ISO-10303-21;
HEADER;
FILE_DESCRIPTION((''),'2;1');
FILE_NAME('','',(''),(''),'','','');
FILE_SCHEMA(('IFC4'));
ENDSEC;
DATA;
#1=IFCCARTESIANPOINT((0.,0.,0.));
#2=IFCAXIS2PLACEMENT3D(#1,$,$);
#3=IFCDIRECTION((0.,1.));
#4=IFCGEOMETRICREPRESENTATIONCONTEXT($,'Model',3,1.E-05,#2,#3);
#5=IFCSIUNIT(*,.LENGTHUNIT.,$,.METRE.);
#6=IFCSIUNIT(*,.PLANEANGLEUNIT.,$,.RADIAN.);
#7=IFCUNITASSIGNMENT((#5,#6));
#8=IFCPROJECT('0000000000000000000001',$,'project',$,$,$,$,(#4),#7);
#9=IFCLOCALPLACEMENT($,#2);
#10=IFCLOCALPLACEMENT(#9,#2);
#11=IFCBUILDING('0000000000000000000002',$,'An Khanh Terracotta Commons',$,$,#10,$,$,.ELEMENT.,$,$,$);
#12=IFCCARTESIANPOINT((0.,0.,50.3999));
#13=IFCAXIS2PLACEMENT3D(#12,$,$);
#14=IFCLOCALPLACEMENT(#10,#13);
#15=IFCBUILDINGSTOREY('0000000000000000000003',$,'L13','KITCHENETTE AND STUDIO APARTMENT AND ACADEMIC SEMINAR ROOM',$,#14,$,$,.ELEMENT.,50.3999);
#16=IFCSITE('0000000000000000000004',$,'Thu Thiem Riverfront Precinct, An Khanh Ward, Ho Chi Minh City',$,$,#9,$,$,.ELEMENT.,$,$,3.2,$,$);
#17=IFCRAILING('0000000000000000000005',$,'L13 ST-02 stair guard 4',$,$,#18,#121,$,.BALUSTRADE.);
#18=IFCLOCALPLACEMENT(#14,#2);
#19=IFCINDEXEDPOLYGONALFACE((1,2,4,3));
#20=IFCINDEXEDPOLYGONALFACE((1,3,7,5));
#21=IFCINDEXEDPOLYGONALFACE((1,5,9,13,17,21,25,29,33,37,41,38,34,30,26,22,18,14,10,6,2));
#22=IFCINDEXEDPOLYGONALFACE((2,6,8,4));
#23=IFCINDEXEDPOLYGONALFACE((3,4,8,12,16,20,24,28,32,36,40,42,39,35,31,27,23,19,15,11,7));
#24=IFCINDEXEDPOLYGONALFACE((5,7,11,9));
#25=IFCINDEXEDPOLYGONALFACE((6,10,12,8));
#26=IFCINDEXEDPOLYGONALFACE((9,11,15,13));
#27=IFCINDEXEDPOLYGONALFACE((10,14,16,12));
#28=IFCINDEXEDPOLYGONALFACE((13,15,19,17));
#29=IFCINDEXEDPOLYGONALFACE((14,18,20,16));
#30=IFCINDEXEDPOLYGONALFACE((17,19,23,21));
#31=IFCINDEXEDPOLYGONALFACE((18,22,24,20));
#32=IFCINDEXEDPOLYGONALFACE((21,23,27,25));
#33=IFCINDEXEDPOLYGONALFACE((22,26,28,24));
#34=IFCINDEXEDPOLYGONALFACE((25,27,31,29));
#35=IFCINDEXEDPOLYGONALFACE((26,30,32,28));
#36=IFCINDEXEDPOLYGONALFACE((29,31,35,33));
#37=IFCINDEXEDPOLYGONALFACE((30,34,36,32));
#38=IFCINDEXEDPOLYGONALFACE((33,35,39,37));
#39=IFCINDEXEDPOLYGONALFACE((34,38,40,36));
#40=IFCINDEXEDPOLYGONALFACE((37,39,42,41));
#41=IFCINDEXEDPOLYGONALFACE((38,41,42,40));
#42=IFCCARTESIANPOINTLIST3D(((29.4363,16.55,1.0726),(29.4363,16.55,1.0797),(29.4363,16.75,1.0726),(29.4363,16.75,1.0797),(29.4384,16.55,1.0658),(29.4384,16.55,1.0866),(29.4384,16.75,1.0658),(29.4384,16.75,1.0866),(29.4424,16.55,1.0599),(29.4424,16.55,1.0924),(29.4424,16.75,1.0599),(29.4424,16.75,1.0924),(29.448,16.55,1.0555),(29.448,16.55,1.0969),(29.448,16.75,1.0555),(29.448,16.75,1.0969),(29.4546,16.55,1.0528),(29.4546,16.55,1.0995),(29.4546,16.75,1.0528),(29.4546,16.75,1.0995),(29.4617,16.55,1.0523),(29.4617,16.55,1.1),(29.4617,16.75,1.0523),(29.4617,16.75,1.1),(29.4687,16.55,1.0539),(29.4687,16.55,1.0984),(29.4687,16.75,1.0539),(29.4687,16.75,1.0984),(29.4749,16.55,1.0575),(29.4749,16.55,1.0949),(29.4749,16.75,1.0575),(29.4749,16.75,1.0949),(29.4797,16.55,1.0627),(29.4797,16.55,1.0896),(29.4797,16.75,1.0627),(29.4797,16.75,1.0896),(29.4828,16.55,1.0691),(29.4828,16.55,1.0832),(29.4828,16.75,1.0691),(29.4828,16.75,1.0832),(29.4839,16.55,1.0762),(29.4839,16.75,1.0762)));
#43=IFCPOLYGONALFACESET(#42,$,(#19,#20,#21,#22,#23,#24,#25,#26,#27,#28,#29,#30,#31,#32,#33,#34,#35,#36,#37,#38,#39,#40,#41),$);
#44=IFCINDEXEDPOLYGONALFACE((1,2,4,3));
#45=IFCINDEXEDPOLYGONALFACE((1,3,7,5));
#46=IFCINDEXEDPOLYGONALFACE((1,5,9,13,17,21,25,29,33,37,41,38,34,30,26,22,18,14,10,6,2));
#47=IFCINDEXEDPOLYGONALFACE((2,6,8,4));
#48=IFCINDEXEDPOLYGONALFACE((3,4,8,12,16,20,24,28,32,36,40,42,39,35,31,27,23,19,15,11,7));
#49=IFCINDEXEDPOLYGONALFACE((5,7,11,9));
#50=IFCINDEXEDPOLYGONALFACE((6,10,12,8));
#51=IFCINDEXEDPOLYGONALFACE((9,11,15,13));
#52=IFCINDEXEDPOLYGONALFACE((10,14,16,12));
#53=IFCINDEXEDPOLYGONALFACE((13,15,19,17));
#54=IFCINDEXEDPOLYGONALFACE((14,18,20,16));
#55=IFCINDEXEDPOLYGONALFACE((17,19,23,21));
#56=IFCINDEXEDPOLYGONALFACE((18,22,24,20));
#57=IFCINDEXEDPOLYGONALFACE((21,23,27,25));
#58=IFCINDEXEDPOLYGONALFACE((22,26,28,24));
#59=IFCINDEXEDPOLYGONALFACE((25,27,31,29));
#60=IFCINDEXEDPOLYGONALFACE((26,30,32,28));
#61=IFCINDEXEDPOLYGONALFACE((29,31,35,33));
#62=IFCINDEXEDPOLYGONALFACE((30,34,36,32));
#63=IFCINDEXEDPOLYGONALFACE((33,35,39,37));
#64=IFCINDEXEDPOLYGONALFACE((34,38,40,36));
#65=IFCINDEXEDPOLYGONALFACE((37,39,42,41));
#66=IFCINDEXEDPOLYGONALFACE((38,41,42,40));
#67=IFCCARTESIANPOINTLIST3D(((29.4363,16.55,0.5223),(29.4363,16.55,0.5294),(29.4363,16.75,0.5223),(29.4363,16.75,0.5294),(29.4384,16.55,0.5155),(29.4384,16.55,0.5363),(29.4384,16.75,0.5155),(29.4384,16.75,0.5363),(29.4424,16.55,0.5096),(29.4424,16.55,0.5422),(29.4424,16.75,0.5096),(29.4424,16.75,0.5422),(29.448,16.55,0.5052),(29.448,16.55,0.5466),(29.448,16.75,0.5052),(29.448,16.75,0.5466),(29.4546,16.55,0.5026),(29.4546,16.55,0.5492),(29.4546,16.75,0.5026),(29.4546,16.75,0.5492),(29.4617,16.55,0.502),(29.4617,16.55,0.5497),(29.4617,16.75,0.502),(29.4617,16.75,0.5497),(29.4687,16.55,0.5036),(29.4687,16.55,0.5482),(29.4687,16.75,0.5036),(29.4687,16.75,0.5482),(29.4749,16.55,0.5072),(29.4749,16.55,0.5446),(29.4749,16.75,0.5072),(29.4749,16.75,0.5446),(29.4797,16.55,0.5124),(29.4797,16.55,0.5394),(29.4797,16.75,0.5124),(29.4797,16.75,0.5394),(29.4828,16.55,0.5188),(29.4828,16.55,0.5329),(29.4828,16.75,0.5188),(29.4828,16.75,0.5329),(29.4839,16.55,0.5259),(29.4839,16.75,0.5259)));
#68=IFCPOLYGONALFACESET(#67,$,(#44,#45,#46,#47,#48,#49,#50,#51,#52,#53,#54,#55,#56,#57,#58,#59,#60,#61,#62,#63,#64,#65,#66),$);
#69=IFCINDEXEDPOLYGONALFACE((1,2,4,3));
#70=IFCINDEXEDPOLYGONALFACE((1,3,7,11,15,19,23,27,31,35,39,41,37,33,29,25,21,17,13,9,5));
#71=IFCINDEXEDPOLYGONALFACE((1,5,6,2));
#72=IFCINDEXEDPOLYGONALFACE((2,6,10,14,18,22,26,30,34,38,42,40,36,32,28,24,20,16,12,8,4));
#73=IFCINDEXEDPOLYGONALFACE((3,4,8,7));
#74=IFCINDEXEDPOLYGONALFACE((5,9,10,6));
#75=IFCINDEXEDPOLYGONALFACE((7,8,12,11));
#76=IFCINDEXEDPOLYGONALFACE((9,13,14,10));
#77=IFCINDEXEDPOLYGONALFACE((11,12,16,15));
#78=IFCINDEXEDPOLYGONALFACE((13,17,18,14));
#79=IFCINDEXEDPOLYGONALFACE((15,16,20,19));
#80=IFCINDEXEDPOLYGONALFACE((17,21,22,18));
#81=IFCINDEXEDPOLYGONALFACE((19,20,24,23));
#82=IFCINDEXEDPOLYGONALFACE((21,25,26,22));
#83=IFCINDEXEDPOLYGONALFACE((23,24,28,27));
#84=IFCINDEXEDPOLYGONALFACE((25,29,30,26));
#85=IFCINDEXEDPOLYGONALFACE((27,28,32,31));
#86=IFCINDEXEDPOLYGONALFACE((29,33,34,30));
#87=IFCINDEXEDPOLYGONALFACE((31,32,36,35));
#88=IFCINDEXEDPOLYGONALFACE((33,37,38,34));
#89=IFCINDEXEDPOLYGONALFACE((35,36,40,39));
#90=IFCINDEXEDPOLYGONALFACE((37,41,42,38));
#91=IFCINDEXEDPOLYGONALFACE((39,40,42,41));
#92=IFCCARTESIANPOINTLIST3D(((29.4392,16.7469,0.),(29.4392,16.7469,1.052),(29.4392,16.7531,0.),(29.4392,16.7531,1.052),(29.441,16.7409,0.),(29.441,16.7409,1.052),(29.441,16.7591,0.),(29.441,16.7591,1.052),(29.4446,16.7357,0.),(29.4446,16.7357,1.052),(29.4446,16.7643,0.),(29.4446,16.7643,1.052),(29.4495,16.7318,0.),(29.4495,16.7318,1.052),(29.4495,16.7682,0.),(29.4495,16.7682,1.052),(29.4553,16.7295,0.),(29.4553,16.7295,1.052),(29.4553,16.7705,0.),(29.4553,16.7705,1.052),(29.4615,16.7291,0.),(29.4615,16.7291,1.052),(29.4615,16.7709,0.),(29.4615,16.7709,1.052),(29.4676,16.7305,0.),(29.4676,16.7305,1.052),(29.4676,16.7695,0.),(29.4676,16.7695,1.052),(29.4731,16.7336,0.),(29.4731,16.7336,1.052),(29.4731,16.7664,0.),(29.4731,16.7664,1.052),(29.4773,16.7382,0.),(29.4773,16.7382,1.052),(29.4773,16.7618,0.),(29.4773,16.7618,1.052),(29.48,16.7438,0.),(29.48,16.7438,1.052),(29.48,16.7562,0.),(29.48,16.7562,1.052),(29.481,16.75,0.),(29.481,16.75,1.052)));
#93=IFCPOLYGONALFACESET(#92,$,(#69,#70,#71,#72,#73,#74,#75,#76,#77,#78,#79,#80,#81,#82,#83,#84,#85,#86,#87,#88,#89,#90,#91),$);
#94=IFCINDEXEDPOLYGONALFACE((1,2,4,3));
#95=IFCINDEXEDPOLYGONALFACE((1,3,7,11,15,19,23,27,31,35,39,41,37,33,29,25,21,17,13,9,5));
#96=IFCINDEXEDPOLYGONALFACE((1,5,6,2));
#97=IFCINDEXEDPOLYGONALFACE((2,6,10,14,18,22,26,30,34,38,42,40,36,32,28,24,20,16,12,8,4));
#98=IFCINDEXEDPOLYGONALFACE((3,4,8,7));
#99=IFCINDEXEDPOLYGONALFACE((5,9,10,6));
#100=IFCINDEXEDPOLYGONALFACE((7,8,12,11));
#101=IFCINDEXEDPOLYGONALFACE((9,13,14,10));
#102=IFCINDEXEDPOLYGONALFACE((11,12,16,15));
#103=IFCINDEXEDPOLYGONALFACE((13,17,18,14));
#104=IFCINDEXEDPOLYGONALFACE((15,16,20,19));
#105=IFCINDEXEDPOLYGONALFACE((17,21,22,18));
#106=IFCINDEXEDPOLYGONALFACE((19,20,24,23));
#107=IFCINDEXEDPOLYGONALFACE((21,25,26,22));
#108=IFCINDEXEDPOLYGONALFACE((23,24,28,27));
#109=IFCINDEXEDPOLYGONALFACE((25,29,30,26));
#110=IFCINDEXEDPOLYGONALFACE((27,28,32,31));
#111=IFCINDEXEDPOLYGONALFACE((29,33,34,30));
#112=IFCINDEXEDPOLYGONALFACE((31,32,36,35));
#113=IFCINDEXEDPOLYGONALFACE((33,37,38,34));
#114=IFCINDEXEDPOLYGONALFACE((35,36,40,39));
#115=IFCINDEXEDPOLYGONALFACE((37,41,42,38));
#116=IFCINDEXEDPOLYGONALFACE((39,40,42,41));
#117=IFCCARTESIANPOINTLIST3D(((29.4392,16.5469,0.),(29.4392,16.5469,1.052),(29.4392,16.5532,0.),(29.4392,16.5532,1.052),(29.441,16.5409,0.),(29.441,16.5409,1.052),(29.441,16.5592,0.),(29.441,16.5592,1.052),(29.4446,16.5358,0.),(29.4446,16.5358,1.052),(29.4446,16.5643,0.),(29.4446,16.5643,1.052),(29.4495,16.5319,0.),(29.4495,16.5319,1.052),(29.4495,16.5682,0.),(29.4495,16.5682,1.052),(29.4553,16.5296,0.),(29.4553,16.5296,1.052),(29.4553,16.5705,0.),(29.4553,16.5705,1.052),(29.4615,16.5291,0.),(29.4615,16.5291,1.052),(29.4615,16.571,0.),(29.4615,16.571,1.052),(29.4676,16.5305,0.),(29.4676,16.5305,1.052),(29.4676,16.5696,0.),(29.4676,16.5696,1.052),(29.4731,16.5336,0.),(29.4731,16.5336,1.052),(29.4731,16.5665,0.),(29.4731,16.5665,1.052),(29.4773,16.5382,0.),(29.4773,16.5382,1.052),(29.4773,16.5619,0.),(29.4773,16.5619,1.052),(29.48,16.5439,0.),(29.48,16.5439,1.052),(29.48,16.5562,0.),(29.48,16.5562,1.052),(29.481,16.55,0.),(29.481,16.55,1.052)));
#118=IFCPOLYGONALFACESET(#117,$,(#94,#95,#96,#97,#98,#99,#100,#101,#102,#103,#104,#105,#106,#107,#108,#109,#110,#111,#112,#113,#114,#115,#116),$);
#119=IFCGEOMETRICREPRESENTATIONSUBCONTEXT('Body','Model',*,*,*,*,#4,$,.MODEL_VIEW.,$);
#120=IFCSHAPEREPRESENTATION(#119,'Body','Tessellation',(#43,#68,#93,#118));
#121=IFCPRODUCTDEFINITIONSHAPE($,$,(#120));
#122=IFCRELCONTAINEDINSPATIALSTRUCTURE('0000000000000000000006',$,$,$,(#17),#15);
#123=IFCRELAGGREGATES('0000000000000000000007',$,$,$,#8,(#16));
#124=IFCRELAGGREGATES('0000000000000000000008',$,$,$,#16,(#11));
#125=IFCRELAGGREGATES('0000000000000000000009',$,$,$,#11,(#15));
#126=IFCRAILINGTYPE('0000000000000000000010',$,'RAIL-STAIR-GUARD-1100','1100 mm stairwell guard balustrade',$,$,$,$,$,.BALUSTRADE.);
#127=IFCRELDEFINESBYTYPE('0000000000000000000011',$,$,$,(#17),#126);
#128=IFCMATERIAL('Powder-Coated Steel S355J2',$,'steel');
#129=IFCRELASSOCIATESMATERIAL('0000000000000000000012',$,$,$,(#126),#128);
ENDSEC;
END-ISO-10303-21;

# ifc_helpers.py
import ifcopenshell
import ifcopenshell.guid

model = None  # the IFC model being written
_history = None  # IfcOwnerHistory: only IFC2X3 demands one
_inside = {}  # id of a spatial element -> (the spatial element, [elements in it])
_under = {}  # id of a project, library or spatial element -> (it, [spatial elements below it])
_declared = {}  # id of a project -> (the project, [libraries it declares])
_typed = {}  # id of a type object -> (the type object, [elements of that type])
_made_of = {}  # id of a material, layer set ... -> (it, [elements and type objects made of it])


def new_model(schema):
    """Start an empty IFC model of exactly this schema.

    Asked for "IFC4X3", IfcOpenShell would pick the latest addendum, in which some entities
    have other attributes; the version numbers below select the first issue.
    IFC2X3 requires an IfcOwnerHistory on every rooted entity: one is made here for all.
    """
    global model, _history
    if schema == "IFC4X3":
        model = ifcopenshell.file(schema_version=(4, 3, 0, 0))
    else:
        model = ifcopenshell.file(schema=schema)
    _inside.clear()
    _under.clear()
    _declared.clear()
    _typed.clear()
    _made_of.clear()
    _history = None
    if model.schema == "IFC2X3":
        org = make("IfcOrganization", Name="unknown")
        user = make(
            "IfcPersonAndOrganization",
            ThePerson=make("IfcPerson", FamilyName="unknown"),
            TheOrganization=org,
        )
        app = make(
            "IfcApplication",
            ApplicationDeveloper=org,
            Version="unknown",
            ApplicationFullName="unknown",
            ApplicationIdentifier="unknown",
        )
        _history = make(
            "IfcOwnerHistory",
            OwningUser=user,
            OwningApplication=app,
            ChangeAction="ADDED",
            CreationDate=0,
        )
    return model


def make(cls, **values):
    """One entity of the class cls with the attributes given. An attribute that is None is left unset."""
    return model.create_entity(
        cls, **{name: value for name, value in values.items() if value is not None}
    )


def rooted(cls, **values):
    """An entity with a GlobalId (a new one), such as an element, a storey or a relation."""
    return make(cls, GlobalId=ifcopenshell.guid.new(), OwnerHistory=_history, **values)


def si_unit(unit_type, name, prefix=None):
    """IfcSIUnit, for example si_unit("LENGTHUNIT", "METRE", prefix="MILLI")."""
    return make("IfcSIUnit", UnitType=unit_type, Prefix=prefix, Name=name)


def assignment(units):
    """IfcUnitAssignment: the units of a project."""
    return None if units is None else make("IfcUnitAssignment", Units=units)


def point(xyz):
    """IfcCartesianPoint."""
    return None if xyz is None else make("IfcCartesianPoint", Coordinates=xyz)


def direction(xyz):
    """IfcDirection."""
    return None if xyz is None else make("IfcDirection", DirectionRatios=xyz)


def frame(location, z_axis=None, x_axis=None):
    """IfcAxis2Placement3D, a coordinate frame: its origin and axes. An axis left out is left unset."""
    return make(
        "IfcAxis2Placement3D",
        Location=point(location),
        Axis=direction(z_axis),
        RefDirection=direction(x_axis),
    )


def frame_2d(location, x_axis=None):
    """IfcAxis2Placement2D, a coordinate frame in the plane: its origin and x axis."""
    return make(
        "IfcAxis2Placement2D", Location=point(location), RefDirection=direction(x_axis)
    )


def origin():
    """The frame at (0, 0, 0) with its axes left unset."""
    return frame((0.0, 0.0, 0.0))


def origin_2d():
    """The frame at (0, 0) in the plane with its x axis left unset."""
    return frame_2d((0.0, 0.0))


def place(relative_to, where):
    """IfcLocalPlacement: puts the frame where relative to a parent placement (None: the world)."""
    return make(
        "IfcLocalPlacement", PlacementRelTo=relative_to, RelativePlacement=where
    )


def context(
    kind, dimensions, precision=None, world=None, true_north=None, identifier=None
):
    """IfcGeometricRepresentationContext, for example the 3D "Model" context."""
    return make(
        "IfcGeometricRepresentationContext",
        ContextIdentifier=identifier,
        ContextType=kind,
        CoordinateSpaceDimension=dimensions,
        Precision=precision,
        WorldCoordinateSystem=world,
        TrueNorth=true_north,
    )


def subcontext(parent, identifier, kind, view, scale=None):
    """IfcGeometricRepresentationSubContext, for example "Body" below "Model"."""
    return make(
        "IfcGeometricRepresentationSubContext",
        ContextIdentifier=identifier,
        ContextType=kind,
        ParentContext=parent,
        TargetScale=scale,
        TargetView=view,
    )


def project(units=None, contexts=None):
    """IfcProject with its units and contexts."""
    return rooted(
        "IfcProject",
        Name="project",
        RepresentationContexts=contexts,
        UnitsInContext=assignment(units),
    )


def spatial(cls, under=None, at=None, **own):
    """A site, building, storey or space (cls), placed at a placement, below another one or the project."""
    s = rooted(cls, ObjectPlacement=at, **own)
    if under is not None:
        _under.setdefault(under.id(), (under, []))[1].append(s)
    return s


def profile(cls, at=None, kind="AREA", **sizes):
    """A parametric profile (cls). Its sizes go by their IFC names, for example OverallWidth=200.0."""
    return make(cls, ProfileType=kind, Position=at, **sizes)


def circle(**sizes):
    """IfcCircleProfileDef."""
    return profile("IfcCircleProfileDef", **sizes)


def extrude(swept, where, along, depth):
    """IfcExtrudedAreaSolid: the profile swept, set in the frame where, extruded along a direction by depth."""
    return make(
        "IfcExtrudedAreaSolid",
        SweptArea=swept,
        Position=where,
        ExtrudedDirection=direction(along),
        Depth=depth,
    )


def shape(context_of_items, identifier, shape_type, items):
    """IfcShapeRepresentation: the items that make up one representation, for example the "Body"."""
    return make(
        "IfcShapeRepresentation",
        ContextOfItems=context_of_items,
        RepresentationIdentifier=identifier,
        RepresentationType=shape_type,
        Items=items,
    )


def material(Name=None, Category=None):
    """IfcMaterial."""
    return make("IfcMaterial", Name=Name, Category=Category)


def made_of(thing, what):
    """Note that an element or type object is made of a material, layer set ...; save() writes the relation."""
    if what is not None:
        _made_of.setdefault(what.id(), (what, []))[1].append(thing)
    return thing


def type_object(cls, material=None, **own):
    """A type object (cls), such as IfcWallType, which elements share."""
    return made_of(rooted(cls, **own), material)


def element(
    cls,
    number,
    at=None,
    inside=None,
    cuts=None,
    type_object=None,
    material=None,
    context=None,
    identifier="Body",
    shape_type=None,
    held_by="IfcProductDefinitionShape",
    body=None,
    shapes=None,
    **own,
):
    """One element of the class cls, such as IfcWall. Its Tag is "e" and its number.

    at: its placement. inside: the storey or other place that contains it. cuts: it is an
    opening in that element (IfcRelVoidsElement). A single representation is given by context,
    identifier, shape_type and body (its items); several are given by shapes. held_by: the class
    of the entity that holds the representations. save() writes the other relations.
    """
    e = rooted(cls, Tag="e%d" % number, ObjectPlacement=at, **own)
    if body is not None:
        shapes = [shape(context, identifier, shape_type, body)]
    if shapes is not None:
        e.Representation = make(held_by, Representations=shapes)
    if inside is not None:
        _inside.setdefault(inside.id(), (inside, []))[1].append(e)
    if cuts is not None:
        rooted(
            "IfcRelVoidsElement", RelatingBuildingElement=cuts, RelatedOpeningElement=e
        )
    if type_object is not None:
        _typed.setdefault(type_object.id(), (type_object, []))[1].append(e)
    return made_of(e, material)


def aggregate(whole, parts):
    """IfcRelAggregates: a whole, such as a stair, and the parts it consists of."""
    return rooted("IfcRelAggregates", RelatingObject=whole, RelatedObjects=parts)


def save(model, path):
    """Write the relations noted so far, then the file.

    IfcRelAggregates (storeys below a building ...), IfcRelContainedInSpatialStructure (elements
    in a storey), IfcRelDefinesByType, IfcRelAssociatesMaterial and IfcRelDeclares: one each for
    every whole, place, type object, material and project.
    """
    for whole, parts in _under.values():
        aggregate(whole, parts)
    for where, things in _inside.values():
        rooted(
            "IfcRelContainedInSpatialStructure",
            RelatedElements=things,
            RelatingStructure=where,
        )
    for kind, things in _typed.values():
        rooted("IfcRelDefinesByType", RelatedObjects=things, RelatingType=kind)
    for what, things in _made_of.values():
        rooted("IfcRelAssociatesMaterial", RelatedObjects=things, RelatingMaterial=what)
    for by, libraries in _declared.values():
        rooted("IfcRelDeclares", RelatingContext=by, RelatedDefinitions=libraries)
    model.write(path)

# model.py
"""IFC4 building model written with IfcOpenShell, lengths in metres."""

from ifc_helpers import new_model, si_unit, direction, frame, origin, origin_2d, place, context, subcontext, project, spatial, circle, extrude, material, type_object, element, save


model = new_model("IFC4")

# Units and contexts
model_context = context("Model", 3, precision=1e-05, world=origin(), true_north=direction((0.0, 1.0)))
body_context = subcontext(model_context, "Body", "Model", "MODEL_VIEW")
ifc_project = project(units=[si_unit("LENGTHUNIT", "METRE"), si_unit("PLANEANGLEUNIT", "RADIAN")], contexts=[model_context])

# Site, building, storey
site_placement = place(None, origin())
site = spatial("IfcSite", under=ifc_project, at=site_placement, Name="Thu Thiem Riverfront Precinct, An Khanh Ward, Ho Chi Minh City", CompositionType="ELEMENT", RefElevation=3.2)
building_placement = place(site_placement, origin())
building = spatial("IfcBuilding", under=site, at=building_placement, Name="An Khanh Terracotta Commons", CompositionType="ELEMENT")
storey_placement = place(building_placement, frame((0.0, 0.0, 50.3999)))
storey = spatial("IfcBuildingStorey", under=building, at=storey_placement, Name="L13", Description="KITCHENETTE AND STUDIO APARTMENT AND ACADEMIC SEMINAR ROOM", CompositionType="ELEMENT", Elevation=50.3999)

# Railing
ifc_material_1 = material(Name="Powder-Coated Steel S355J2", Category="steel")
railing_type_1 = type_object("IfcRailingType", Name="RAIL-STAIR-GUARD-1100", Description="1100 mm stairwell guard balustrade", PredefinedType="BALUSTRADE", material=ifc_material_1)
railing_1_placement = place(storey_placement, frame((29.46, 16.75, 0.0)))
element("IfcRailing", 1, at=railing_1_placement, inside=storey, type_object=railing_type_1, Name="L13 ST-02 stair guard 4", PredefinedType="BALUSTRADE", context=body_context, shape_type="SweptSolid", body=[
    extrude(circle(Radius=0.0239, at=origin_2d()), frame((0.0, 0.0, 1.0762), z_axis=(0.0, -1.0, 0.0), x_axis=(1.0, 0.0, 0.0)), (0.0, 0.0, 1.0), 0.2),
    extrude(circle(Radius=0.0239, at=origin_2d()), frame((0.0, 0.0, 0.5259), z_axis=(0.0, -1.0, 0.0), x_axis=(1.0, 0.0, 0.0)), (0.0, 0.0, 1.0), 0.2),
    extrude(circle(Radius=0.021, at=origin_2d()), origin(), (0.0, 0.0, 1.0), 1.052),
    extrude(circle(Radius=0.021, at=origin_2d()), frame((0.0, -0.2, 0.0)), (0.0, 0.0, 1.0), 1.052),
])

save(model, "model.ifc")
